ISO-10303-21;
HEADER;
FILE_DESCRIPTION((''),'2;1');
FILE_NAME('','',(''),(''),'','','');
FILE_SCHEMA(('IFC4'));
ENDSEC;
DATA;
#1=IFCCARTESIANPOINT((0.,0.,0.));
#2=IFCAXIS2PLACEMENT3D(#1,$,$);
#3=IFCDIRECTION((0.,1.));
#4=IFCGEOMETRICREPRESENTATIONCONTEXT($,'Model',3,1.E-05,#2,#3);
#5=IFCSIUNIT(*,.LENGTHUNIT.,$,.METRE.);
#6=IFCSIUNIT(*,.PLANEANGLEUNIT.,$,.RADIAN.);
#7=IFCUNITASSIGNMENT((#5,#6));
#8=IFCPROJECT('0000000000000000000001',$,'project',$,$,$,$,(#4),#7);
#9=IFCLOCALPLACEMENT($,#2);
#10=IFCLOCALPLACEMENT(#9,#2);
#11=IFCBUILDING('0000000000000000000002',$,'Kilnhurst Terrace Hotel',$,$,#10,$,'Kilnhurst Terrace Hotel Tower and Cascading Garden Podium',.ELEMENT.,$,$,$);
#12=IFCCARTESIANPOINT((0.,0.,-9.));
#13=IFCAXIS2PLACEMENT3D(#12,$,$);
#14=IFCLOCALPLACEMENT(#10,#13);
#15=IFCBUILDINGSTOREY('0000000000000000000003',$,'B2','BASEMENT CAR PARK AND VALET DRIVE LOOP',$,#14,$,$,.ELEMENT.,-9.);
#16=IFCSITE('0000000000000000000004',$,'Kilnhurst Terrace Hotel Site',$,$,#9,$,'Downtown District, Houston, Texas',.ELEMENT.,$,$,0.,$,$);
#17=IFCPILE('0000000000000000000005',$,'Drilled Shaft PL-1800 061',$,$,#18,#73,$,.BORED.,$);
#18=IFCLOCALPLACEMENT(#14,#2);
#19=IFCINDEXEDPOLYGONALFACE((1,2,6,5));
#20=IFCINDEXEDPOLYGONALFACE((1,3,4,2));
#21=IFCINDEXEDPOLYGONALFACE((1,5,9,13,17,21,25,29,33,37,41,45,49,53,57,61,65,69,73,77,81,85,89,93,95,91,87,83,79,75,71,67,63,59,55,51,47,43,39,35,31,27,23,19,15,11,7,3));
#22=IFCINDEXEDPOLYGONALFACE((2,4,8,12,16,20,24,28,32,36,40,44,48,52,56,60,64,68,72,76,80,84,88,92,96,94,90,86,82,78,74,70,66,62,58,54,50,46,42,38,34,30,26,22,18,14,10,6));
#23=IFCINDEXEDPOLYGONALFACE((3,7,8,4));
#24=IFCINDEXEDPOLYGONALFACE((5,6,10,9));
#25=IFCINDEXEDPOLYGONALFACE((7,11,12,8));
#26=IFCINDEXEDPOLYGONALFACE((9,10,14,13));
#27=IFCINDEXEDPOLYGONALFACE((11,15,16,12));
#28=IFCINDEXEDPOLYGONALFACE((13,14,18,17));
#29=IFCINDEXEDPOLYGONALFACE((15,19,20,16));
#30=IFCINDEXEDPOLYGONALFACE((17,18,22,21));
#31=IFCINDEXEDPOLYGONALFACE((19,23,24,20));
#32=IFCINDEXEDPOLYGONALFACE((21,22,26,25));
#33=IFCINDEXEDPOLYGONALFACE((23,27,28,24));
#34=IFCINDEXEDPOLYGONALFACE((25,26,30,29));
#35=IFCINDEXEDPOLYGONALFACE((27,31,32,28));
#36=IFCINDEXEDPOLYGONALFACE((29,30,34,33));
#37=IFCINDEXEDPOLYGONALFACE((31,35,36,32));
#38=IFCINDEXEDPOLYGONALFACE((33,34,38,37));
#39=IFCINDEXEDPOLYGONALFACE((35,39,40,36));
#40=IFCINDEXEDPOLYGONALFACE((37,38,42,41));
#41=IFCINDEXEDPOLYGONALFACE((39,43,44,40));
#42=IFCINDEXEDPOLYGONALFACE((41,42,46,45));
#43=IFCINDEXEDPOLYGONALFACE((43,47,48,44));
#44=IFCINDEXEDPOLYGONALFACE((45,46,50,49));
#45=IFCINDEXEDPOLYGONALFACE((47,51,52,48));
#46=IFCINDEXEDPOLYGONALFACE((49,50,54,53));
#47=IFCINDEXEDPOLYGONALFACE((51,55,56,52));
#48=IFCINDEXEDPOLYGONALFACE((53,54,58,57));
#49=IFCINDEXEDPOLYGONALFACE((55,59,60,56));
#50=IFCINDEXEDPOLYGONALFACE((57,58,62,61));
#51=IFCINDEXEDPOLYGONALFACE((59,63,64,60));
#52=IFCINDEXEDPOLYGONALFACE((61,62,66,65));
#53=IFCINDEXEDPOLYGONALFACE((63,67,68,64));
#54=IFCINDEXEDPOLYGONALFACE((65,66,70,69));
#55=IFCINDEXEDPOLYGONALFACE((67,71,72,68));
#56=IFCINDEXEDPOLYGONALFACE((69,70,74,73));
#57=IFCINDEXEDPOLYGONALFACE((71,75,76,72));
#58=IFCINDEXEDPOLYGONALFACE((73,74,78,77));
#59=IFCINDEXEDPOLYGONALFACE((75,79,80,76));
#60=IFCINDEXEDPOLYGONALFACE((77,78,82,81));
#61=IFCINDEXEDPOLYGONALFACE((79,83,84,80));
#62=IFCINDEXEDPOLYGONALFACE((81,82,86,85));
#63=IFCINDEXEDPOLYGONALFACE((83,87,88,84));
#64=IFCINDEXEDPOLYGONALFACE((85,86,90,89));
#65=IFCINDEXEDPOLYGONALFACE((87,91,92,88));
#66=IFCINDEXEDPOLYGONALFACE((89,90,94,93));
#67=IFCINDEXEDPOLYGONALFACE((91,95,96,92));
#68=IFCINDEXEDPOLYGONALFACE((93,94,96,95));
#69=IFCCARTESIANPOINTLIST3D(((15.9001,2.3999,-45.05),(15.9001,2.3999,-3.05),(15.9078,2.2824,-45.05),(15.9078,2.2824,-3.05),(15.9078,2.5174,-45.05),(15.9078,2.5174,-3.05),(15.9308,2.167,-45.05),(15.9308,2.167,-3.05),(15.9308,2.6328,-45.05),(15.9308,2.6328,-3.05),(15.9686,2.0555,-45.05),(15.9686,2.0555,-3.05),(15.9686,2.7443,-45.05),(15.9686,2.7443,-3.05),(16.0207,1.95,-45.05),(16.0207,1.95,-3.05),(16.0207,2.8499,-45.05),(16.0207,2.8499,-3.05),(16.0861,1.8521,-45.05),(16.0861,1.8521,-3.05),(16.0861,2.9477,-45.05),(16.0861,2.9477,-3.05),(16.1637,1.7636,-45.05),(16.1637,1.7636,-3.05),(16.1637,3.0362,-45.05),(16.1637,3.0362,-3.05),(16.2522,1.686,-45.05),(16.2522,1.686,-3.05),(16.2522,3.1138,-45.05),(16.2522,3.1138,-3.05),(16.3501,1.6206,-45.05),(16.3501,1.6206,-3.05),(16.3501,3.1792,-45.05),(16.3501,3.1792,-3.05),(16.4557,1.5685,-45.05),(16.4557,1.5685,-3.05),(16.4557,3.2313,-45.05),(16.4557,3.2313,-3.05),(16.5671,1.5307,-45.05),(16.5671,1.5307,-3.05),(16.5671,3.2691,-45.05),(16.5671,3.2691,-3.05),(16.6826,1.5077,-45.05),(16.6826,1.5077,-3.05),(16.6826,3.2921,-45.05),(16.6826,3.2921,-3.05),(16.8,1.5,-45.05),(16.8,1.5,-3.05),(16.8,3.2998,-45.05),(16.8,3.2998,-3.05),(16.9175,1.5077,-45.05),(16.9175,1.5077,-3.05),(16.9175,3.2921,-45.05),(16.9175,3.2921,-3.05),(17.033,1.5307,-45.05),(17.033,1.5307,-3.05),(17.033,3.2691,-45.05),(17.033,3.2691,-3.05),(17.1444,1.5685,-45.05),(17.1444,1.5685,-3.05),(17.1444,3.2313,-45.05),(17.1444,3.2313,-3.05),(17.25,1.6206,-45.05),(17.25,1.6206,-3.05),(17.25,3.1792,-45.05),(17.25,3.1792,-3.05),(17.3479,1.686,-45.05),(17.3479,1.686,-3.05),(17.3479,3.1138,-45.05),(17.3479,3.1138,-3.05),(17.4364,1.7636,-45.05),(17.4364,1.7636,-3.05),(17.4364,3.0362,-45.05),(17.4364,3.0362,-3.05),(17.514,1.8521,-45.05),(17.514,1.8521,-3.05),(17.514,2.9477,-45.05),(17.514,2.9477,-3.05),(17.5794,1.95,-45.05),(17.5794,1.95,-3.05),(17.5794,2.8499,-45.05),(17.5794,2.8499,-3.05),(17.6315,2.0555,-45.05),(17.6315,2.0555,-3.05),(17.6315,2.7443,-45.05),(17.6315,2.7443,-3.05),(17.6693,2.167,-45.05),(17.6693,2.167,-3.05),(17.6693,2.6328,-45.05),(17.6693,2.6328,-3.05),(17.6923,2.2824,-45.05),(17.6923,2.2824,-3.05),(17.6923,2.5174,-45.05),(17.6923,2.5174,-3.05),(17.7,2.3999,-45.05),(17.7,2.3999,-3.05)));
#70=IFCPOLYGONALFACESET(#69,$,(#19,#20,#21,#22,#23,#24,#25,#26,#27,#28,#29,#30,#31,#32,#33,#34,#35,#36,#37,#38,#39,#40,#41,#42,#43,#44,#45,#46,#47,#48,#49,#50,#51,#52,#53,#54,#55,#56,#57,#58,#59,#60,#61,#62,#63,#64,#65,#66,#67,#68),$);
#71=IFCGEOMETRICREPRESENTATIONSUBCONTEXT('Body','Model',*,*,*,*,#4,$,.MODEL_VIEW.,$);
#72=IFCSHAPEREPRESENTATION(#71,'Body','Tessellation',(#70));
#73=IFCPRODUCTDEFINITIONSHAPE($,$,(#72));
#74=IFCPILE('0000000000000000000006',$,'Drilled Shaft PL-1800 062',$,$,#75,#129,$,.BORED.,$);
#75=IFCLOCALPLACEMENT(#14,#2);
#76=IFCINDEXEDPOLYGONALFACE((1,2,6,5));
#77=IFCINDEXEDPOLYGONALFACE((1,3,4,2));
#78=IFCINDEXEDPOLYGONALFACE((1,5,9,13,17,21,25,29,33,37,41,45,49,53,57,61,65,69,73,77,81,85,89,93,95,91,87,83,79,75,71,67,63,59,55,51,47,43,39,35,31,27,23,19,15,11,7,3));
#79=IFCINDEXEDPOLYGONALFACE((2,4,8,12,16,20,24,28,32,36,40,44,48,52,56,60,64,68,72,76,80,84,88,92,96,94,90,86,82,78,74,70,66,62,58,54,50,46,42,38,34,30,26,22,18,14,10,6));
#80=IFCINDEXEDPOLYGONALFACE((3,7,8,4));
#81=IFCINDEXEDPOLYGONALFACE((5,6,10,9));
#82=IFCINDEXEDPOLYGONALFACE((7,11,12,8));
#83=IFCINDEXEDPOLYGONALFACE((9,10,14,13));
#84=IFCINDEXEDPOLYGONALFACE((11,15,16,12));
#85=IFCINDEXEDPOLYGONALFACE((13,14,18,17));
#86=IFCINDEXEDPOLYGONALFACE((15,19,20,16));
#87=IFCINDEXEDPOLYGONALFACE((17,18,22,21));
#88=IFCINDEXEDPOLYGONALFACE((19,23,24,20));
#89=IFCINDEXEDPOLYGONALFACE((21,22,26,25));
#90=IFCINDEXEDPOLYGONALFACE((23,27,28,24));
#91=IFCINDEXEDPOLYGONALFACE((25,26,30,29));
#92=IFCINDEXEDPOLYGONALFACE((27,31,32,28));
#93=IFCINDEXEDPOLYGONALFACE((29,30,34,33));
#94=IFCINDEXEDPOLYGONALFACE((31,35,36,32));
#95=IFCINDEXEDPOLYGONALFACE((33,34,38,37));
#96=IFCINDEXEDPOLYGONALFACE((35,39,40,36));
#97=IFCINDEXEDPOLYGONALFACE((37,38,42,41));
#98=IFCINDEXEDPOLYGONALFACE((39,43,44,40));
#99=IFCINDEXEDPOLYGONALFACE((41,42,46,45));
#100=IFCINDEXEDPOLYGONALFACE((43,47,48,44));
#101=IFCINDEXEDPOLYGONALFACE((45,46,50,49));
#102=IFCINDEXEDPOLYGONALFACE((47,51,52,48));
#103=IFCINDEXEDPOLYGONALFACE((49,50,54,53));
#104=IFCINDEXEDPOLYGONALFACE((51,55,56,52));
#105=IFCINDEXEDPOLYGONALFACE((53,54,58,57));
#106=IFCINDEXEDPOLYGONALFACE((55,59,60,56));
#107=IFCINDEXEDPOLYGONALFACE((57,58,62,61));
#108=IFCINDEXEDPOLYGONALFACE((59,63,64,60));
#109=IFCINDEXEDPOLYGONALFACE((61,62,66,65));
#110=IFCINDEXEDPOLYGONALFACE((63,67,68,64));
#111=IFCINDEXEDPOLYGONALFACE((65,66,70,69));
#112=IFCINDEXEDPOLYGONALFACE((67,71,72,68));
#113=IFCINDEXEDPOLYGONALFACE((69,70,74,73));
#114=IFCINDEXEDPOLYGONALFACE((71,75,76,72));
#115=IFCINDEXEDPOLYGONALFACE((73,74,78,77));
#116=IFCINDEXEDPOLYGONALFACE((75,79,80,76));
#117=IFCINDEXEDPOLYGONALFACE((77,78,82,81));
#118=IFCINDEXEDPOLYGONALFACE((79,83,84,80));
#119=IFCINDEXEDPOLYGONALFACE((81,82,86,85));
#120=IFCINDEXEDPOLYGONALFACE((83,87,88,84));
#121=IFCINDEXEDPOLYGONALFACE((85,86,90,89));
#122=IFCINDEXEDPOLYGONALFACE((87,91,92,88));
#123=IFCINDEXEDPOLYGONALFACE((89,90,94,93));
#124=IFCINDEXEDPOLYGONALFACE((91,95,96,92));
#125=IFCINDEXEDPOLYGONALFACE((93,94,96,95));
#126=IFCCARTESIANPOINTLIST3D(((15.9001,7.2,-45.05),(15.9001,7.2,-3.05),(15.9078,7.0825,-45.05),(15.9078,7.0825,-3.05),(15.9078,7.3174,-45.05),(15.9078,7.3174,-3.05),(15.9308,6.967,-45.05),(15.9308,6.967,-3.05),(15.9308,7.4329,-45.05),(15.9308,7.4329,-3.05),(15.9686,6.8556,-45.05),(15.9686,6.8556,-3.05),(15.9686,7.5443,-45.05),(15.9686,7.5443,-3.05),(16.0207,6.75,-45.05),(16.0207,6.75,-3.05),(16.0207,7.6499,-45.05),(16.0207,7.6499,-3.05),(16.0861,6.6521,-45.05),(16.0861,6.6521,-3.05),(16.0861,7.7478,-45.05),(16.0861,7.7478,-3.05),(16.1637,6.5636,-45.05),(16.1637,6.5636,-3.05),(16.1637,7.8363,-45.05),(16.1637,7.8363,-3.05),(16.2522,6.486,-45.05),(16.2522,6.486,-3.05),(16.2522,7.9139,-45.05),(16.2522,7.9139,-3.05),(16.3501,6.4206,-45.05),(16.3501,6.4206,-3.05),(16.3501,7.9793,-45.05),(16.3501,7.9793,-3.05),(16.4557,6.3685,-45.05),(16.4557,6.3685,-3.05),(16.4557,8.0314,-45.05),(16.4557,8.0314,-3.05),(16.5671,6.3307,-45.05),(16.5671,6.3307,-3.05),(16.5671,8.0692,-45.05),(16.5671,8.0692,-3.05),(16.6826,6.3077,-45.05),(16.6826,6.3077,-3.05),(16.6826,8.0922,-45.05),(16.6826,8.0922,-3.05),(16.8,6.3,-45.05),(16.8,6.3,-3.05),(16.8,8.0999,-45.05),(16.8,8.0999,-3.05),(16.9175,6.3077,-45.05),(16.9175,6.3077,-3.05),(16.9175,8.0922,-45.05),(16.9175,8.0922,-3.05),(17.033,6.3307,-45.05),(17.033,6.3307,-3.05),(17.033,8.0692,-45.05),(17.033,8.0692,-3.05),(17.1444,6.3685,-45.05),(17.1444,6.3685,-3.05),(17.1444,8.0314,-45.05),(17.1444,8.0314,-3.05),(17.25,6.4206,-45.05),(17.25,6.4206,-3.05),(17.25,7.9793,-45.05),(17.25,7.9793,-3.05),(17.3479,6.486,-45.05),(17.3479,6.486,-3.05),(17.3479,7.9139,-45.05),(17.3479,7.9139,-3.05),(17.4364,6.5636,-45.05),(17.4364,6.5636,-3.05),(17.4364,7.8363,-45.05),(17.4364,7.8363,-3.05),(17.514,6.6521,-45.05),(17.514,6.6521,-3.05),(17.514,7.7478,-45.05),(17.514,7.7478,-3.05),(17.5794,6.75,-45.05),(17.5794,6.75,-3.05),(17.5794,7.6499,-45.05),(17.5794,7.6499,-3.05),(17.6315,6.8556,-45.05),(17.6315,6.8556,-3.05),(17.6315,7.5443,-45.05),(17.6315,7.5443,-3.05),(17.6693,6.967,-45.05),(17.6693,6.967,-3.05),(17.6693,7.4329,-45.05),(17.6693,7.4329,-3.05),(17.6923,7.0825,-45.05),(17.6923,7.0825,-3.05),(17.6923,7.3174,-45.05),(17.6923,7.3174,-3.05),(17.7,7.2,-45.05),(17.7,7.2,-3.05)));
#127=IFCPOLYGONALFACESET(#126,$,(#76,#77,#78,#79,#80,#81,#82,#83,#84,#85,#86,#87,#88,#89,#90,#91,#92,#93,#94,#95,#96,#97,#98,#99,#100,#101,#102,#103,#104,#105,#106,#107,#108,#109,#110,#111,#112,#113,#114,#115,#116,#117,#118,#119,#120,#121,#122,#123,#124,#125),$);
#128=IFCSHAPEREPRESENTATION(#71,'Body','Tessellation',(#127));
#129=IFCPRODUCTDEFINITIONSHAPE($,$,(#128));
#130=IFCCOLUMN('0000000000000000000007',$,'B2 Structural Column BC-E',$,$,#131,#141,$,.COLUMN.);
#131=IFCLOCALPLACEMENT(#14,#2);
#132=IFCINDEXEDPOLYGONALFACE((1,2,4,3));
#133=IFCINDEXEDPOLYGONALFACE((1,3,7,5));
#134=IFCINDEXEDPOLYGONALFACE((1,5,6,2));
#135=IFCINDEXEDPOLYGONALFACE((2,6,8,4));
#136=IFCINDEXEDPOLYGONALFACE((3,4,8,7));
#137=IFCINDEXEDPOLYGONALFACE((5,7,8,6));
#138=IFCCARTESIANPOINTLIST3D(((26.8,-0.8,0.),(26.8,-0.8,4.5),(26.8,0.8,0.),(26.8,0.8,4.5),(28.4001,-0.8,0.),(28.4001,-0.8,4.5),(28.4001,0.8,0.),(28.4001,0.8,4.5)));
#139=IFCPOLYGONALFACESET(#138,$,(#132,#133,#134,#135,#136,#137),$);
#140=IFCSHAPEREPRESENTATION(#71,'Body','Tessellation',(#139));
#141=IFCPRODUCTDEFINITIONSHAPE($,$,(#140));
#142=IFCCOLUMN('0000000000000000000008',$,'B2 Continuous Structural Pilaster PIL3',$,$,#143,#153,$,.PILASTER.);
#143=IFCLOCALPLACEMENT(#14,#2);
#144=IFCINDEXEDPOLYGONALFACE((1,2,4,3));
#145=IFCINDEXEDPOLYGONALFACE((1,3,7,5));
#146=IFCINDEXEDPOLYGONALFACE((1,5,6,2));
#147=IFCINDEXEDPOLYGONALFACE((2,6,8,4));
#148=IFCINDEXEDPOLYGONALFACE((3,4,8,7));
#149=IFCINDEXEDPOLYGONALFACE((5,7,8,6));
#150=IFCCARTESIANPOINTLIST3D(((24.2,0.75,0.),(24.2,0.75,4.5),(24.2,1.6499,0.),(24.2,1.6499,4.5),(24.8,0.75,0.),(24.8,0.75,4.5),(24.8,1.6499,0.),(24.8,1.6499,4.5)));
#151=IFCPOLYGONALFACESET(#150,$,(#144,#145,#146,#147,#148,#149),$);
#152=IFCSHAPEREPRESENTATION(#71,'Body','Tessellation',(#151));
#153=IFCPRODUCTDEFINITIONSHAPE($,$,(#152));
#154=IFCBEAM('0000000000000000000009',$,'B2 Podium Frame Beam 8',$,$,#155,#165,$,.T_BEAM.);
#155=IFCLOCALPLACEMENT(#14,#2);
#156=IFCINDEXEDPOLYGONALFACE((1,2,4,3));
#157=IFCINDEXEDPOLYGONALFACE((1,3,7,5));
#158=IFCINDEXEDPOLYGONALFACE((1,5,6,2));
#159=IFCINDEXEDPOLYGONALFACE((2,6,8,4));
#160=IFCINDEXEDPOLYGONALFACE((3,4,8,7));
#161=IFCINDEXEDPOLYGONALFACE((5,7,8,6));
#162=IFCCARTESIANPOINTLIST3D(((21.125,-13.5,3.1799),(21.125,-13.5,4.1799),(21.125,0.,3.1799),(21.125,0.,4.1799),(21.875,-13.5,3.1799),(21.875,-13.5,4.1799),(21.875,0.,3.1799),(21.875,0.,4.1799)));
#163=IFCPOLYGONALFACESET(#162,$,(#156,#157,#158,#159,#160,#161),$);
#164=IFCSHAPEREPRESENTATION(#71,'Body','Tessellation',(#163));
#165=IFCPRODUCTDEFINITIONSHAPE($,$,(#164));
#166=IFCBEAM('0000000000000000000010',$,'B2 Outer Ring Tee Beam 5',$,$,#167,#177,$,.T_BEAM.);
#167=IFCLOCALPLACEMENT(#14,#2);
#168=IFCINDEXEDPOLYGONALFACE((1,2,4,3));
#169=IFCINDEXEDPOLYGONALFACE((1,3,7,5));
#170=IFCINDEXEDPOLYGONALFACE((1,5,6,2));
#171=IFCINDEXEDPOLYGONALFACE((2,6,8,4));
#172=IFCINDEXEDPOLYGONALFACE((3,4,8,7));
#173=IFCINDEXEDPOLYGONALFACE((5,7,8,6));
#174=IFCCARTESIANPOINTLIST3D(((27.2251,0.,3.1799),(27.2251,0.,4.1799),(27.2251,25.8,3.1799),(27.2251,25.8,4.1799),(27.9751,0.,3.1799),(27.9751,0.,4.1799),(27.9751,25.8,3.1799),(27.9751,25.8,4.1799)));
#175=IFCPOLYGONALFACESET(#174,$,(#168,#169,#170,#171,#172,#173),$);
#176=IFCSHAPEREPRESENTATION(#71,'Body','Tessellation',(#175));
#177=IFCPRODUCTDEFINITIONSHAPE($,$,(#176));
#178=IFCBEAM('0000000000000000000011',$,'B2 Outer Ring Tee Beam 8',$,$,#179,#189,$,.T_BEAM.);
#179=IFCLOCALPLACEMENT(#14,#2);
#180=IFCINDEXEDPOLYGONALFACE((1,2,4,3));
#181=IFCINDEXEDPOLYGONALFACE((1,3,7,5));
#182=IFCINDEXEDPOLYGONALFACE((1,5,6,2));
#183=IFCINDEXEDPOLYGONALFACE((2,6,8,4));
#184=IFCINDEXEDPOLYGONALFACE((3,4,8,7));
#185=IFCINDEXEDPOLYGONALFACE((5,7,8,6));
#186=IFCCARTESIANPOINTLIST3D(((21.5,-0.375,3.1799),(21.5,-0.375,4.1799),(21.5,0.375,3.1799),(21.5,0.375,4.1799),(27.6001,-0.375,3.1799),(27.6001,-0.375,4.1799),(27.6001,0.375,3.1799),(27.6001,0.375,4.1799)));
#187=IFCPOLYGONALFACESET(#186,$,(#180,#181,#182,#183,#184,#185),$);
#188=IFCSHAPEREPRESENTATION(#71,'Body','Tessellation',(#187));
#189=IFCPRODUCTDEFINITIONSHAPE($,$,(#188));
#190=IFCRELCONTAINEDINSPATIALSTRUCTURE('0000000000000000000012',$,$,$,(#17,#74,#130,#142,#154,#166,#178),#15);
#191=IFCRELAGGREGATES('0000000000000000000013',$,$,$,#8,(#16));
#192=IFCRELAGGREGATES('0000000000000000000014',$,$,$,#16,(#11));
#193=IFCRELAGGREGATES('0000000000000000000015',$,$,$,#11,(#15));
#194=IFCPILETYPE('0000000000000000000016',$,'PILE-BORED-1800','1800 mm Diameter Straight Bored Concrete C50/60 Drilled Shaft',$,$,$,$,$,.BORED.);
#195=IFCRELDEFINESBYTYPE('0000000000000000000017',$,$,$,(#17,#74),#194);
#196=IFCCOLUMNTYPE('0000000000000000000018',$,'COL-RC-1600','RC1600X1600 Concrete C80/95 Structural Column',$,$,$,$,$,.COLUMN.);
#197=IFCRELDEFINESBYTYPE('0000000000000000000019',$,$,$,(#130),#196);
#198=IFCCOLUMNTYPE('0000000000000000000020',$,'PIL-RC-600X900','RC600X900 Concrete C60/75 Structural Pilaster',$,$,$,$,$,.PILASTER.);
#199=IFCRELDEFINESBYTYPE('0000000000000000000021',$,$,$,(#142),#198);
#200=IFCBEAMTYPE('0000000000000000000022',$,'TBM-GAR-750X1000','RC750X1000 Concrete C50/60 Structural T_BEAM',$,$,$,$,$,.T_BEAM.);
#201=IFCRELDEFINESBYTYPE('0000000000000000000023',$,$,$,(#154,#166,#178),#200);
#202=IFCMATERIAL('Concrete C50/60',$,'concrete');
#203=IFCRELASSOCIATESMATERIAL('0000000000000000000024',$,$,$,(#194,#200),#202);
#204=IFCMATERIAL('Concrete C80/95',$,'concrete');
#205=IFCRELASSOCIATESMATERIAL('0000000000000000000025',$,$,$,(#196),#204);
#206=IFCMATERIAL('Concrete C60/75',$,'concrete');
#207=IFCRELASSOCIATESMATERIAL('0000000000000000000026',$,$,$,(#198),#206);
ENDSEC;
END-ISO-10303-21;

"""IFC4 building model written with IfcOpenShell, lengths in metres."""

from ifc_helpers import new_model, si_unit, direction, frame, origin, origin_2d, place, context, subcontext, project, spatial, rectangle, circle, extrude, material, material_profile, profile_set, type_object, element, save


model = new_model("IFC4")

# Units and contexts
model_context = context("Model", 3, precision=1e-05, world=origin(), true_north=direction((0.0, 1.0)))
body_context = subcontext(model_context, "Body", "Model", "MODEL_VIEW")
ifc_project = project(units=[si_unit("LENGTHUNIT", "METRE"), si_unit("PLANEANGLEUNIT", "RADIAN")], contexts=[model_context])

# Site, building, storey
site_placement = place(None, origin())
site = spatial("IfcSite", under=ifc_project, at=site_placement, Name="Kilnhurst Terrace Hotel Site", LongName="Downtown District, Houston, Texas", CompositionType="ELEMENT", RefElevation=0.0)
building_placement = place(site_placement, origin())
building = spatial("IfcBuilding", under=site, at=building_placement, Name="Kilnhurst Terrace Hotel", LongName="Kilnhurst Terrace Hotel Tower and Cascading Garden Podium", CompositionType="ELEMENT")
storey_placement = place(building_placement, frame((0.0, 0.0, -9.0)))
storey = spatial("IfcBuildingStorey", under=building, at=storey_placement, Name="B2", Description="BASEMENT CAR PARK AND VALET DRIVE LOOP", CompositionType="ELEMENT", Elevation=-9.0)

# Piles
ifc_material_1 = material(Name="Concrete C50/60", Category="concrete")
ifc_material_profile_1 = material_profile(ifc_material_1, circle(Radius=0.8999, at=origin_2d()), Name="PILE1800")
ifc_profile_set_1 = profile_set([ifc_material_profile_1], Name="Concrete C50/60")
pile_type_1 = type_object("IfcPileType", Name="PILE-BORED-1800", Description="1800 mm Diameter Straight Bored Concrete C50/60 Drilled Shaft", PredefinedType="BORED", material=ifc_profile_set_1)
for number, where, z_axis, x_axis, name in (
    (1, (16.8, 2.3999, -3.05), (0.0, 0.0, -1.0), (1.0, 0.0, 0.0), "Drilled Shaft PL-1800 061"),
    (2, (16.8, 7.2, -3.05), (0.0, 0.0, -1.0), (1.0, 0.0, 0.0), "Drilled Shaft PL-1800 062"),
):
    element("IfcPile", number, at=place(storey_placement, frame(where, z_axis=z_axis, x_axis=x_axis)), inside=storey, type_object=pile_type_1, Name=name, PredefinedType="BORED", context=body_context, shape_type="SweptSolid", body=[
        extrude(circle(Radius=0.8999, at=origin_2d()), origin(), (0.0, 0.0, 1.0), 42.0),
    ])

# Columns
ifc_material_2 = material(Name="Concrete C80/95", Category="concrete")
ifc_material_profile_2 = material_profile(ifc_material_2, rectangle(XDim=1.6001, YDim=1.6001, at=origin_2d()), Name="RC1600X1600")
ifc_profile_set_2 = profile_set([ifc_material_profile_2], Name="Concrete C80/95")
column_type_1 = type_object("IfcColumnType", Name="COL-RC-1600", Description="RC1600X1600 Concrete C80/95 Structural Column", PredefinedType="COLUMN", material=ifc_profile_set_2)
column_1_placement = place(storey_placement, frame((27.6001, 0.0, 0.0), z_axis=(0.0, 0.0, 1.0), x_axis=(1.0, 0.0, 0.0)))
element("IfcColumn", 3, at=column_1_placement, inside=storey, type_object=column_type_1, Name="B2 Structural Column BC-E", PredefinedType="COLUMN", context=body_context, shape_type="SweptSolid", body=[
    extrude(rectangle(XDim=1.6001, YDim=1.6001, at=origin_2d()), origin(), (0.0, 0.0, 1.0), 4.5),
])
ifc_material_3 = material(Name="Concrete C60/75", Category="concrete")
ifc_material_profile_3 = material_profile(ifc_material_3, rectangle(XDim=0.6001, YDim=0.8999, at=origin_2d()), Name="RC600X900")
ifc_profile_set_3 = profile_set([ifc_material_profile_3], Name="Concrete C60/75")
column_type_2 = type_object("IfcColumnType", Name="PIL-RC-600X900", Description="RC600X900 Concrete C60/75 Structural Pilaster", PredefinedType="PILASTER", material=ifc_profile_set_3)
column_2_placement = place(storey_placement, frame((24.5, 1.2, 0.0), z_axis=(0.0, 0.0, 1.0), x_axis=(1.0, 0.0, 0.0)))
element("IfcColumn", 4, at=column_2_placement, inside=storey, type_object=column_type_2, Name="B2 Continuous Structural Pilaster PIL3", PredefinedType="PILASTER", context=body_context, shape_type="SweptSolid", body=[
    extrude(rectangle(XDim=0.6001, YDim=0.8999, at=origin_2d()), origin(), (0.0, 0.0, 1.0), 4.5),
])

# Beams
ifc_material_profile_4 = material_profile(ifc_material_1, rectangle(XDim=0.75, YDim=1.0, at=origin_2d()), Name="RC750X1000")
ifc_profile_set_4 = profile_set([ifc_material_profile_4], Name="Concrete C50/60")
beam_type = type_object("IfcBeamType", Name="TBM-GAR-750X1000", Description="RC750X1000 Concrete C50/60 Structural T_BEAM", PredefinedType="T_BEAM", material=ifc_profile_set_4)
beam_1_placement = place(storey_placement, frame((21.5, 0.0, 3.6799), z_axis=(0.0, -1.0, 0.0), x_axis=(1.0, 0.0, 0.0)))
element("IfcBeam", 5, at=beam_1_placement, inside=storey, type_object=beam_type, Name="B2 Podium Frame Beam 8", PredefinedType="T_BEAM", context=body_context, shape_type="SweptSolid", body=[
    extrude(rectangle(XDim=0.75, YDim=1.0, at=origin_2d()), origin(), (0.0, 0.0, 1.0), 13.5),
])
beam_2_placement = place(storey_placement, frame((27.6001, 0.0, 3.6799), z_axis=(0.0, 1.0, 0.0), x_axis=(-1.0, 0.0, 0.0)))
element("IfcBeam", 6, at=beam_2_placement, inside=storey, type_object=beam_type, Name="B2 Outer Ring Tee Beam 5", PredefinedType="T_BEAM", context=body_context, shape_type="SweptSolid", body=[
    extrude(rectangle(XDim=0.75, YDim=1.0, at=origin_2d()), origin(), (0.0, 0.0, 1.0), 25.8),
])
beam_3_placement = place(storey_placement, frame((27.6001, 0.0, 3.6799), z_axis=(-1.0, 0.0, 0.0), x_axis=(0.0, -1.0, 0.0)))
element("IfcBeam", 7, at=beam_3_placement, inside=storey, type_object=beam_type, Name="B2 Outer Ring Tee Beam 8", PredefinedType="T_BEAM", context=body_context, shape_type="SweptSolid", body=[
    extrude(rectangle(XDim=0.75, YDim=1.0, at=origin_2d()), origin(), (0.0, 0.0, 1.0), 6.1001),
])

save(model, "model.ifc")
